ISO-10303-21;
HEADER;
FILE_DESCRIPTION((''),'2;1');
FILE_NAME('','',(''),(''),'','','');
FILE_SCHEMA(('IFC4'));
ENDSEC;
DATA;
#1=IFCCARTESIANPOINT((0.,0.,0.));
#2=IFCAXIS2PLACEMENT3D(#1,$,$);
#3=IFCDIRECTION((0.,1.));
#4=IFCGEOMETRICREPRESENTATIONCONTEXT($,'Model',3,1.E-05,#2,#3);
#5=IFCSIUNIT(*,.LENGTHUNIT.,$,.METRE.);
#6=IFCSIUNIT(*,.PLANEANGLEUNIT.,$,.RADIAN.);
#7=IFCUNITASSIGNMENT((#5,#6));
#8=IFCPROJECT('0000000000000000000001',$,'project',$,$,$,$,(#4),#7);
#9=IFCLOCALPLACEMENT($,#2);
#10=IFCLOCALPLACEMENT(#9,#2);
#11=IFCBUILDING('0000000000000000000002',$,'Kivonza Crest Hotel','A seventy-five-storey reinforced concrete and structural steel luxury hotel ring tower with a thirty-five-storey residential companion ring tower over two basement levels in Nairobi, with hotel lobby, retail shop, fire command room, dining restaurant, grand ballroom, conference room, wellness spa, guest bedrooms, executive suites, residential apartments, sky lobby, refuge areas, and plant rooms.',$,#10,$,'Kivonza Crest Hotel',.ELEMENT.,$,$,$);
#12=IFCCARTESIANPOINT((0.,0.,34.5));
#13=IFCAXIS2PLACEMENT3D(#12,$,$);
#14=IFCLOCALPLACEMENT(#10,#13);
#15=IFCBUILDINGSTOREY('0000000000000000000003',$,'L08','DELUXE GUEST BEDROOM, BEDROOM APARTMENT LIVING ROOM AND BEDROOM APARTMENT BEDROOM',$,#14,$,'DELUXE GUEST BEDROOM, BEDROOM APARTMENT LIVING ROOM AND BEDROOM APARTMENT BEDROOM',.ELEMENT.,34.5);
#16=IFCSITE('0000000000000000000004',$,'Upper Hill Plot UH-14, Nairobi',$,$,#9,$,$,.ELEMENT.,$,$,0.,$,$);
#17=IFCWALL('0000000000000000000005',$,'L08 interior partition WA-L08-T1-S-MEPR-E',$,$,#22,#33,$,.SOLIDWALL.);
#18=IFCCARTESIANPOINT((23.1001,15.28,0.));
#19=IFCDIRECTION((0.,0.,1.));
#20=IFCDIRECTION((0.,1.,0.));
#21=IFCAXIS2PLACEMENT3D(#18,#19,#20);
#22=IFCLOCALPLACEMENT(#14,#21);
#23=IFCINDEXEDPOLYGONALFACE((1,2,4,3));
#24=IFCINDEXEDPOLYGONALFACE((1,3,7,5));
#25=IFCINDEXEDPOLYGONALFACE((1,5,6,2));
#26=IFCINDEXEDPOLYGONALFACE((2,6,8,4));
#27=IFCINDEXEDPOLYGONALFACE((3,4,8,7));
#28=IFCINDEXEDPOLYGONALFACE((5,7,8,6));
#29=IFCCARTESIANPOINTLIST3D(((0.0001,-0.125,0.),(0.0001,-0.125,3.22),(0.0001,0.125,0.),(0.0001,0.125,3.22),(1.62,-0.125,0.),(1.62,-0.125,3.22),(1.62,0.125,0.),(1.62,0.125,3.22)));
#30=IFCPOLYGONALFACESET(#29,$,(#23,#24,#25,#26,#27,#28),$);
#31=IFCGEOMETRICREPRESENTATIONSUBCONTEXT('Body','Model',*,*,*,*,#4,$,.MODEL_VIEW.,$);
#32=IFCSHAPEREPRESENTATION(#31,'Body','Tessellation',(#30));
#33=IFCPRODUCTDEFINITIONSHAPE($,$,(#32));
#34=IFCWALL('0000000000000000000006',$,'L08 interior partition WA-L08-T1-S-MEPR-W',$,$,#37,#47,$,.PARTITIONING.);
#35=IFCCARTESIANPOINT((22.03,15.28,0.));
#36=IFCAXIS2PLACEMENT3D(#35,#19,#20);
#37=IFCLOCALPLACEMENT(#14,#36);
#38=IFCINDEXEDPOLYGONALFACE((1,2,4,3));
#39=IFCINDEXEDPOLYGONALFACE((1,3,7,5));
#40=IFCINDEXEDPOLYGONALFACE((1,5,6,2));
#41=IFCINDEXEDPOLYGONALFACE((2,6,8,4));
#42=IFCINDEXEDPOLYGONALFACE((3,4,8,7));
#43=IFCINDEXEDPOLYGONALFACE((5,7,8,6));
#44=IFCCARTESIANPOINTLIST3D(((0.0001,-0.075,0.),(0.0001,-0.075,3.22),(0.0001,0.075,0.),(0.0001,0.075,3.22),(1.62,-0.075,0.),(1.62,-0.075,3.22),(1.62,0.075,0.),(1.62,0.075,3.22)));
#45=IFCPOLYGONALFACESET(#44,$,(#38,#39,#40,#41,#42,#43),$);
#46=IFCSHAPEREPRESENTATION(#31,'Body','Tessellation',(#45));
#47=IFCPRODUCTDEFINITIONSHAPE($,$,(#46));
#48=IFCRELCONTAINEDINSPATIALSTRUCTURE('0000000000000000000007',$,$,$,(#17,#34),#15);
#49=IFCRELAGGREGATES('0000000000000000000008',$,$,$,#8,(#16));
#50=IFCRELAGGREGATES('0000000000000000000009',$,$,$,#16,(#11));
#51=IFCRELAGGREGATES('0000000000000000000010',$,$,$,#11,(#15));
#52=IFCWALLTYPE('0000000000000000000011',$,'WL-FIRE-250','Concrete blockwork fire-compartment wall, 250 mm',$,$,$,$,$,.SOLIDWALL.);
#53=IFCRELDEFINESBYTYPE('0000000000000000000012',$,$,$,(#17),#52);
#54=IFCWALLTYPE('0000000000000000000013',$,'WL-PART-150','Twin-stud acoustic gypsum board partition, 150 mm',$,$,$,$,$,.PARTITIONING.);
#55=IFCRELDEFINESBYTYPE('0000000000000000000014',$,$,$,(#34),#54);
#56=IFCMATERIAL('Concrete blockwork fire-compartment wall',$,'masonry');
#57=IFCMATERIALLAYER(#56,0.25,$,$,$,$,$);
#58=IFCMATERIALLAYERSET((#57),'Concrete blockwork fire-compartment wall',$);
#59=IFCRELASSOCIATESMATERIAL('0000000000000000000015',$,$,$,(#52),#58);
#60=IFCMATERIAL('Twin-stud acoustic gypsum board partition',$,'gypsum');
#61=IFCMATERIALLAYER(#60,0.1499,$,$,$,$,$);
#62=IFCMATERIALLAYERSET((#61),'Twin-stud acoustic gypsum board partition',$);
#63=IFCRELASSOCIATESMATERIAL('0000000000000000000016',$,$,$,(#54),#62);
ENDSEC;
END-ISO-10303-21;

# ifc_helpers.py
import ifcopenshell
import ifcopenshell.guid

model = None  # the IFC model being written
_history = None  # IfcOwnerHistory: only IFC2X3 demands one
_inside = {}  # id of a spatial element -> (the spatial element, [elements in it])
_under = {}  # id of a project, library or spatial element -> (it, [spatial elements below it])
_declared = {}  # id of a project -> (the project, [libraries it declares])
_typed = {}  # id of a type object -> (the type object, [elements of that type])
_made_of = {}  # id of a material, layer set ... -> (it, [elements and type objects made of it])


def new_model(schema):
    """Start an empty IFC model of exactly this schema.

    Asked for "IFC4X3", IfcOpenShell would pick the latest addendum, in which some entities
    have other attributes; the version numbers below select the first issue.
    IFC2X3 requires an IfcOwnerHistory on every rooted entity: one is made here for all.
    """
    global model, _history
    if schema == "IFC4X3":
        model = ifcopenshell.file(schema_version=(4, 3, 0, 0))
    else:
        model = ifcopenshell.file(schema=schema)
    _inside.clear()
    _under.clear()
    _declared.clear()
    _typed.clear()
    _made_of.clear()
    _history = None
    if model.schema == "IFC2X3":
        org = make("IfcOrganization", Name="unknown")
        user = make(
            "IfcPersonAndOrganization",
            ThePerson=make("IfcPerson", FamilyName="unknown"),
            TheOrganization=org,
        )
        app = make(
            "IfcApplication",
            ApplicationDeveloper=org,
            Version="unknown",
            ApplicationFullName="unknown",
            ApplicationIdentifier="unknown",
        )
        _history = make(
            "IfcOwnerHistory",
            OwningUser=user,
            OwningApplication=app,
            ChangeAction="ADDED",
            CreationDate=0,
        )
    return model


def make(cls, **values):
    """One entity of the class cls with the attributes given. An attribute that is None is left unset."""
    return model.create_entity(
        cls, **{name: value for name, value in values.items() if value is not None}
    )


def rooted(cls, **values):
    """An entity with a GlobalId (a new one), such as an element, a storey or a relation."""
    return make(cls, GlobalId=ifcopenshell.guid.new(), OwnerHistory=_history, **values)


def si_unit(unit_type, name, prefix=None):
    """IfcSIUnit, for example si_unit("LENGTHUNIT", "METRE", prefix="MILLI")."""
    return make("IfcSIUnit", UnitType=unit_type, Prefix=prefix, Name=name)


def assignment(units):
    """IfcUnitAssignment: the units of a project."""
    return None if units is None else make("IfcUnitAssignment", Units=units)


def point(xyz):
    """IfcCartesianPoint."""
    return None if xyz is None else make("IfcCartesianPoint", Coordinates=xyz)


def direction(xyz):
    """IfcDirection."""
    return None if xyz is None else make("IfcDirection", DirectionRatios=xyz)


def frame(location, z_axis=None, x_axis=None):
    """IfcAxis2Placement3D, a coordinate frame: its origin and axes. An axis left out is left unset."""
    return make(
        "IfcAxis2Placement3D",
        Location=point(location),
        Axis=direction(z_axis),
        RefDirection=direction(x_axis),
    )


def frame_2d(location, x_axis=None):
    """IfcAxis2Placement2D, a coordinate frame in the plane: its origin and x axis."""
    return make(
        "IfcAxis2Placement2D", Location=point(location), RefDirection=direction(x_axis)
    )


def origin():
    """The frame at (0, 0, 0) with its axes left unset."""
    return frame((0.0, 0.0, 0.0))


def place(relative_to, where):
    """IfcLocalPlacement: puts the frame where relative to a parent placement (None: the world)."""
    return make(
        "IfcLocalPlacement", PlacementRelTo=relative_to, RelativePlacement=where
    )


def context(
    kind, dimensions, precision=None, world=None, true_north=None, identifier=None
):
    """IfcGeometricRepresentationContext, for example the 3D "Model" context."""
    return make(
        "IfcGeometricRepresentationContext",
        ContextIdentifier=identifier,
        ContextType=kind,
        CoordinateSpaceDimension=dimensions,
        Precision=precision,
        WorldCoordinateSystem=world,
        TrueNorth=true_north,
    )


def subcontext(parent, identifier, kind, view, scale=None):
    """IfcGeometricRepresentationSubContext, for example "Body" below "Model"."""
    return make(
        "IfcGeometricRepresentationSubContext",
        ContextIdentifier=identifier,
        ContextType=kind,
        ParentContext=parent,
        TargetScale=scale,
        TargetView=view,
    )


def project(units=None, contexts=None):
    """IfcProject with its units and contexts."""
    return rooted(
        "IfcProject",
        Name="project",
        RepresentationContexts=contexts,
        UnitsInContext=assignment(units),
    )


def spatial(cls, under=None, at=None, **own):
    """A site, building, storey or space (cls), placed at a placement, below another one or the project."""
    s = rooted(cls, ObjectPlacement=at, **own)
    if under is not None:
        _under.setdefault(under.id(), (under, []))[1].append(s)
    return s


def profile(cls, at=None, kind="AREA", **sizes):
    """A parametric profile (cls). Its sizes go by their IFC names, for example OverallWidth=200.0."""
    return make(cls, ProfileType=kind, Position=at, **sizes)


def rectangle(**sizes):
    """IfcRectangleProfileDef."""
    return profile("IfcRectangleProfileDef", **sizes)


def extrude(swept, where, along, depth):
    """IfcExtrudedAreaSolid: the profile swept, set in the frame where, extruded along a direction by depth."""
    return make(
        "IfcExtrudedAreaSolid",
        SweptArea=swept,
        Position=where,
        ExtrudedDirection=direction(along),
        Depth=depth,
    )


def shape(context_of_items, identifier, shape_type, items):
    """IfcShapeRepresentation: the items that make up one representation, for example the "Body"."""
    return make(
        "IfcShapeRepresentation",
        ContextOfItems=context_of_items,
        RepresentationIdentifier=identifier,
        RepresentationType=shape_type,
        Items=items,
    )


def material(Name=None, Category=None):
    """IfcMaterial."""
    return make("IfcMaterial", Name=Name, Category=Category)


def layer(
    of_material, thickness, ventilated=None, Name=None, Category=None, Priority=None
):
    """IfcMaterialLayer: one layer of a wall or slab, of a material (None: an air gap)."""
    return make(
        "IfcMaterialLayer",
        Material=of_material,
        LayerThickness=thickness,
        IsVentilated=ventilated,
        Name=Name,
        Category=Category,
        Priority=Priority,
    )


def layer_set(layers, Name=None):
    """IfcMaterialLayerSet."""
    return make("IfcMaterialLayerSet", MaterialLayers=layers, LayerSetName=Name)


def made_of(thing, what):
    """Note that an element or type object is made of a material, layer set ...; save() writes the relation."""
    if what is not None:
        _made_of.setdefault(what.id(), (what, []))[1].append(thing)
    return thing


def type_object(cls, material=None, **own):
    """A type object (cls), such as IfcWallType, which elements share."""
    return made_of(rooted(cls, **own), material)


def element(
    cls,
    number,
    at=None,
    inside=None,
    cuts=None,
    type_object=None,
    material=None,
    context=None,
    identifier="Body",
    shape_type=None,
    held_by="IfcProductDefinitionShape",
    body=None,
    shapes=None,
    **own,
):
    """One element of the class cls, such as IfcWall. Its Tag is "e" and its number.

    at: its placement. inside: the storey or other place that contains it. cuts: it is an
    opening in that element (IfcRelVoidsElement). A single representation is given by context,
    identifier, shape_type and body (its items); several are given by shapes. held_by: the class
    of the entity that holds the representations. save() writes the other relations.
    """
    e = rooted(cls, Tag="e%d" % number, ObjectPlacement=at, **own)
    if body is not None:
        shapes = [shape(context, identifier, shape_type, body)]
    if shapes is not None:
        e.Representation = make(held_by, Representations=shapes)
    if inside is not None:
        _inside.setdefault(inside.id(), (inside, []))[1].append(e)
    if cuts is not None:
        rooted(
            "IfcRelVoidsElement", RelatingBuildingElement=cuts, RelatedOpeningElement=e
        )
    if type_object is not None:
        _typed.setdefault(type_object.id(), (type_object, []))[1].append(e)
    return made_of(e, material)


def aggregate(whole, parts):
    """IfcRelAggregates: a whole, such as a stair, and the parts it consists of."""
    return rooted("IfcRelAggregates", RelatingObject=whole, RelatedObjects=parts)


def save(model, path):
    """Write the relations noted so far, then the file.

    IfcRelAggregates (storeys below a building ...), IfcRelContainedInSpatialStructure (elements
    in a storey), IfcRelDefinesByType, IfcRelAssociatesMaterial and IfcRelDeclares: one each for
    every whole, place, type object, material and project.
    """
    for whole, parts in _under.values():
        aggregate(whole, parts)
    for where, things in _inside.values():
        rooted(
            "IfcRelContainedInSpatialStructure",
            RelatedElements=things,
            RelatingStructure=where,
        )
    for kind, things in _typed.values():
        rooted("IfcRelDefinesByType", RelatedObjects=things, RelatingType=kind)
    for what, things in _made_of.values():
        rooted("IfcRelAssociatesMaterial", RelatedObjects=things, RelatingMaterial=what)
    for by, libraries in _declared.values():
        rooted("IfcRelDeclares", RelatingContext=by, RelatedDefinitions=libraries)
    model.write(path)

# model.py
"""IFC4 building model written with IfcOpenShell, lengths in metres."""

from ifc_helpers import new_model, si_unit, direction, frame, frame_2d, origin, place, context, subcontext, project, spatial, rectangle, extrude, material, layer, layer_set, type_object, element, save


model = new_model("IFC4")

# Units and contexts
model_context = context("Model", 3, precision=1e-05, world=origin(), true_north=direction((0.0, 1.0)))
body_context = subcontext(model_context, "Body", "Model", "MODEL_VIEW")
ifc_project = project(units=[si_unit("LENGTHUNIT", "METRE"), si_unit("PLANEANGLEUNIT", "RADIAN")], contexts=[model_context])

# Site, building, storey
site_placement = place(None, origin())
site = spatial("IfcSite", under=ifc_project, at=site_placement, Name="Upper Hill Plot UH-14, Nairobi", CompositionType="ELEMENT", RefElevation=0.0)
building_placement = place(site_placement, origin())
building = spatial("IfcBuilding", under=site, at=building_placement, Name="Kivonza Crest Hotel", Description="A seventy-five-storey reinforced concrete and structural steel luxury hotel ring tower with a thirty-five-storey residential companion ring tower over two basement levels in Nairobi, with hotel lobby, retail shop, fire command room, dining restaurant, grand ballroom, conference room, wellness spa, guest bedrooms, executive suites, residential apartments, sky lobby, refuge areas, and plant rooms.", LongName="Kivonza Crest Hotel", CompositionType="ELEMENT")
storey_placement = place(building_placement, frame((0.0, 0.0, 34.5)))
storey = spatial("IfcBuildingStorey", under=building, at=storey_placement, Name="L08", Description="DELUXE GUEST BEDROOM, BEDROOM APARTMENT LIVING ROOM AND BEDROOM APARTMENT BEDROOM", LongName="DELUXE GUEST BEDROOM, BEDROOM APARTMENT LIVING ROOM AND BEDROOM APARTMENT BEDROOM", CompositionType="ELEMENT", Elevation=34.5)

# Walls
ifc_material_1 = material(Name="Concrete blockwork fire-compartment wall", Category="masonry")
ifc_layer_1 = layer(ifc_material_1, 0.25)
ifc_layer_set_1 = layer_set([ifc_layer_1], Name="Concrete blockwork fire-compartment wall")
wall_type_1 = type_object("IfcWallType", Name="WL-FIRE-250", Description="Concrete blockwork fire-compartment wall, 250 mm", PredefinedType="SOLIDWALL", material=ifc_layer_set_1)
wall_1_placement = place(storey_placement, frame((23.1001, 15.28, 0.0), z_axis=(0.0, 0.0, 1.0), x_axis=(0.0, 1.0, 0.0)))
element("IfcWall", 1, at=wall_1_placement, inside=storey, type_object=wall_type_1, Name="L08 interior partition WA-L08-T1-S-MEPR-E", PredefinedType="SOLIDWALL", context=body_context, shape_type="SweptSolid", body=[
    extrude(rectangle(XDim=1.6199, YDim=0.25, at=frame_2d((0.8101, 0.0))), origin(), (0.0, 0.0, 1.0), 3.22),
])
ifc_material_2 = material(Name="Twin-stud acoustic gypsum board partition", Category="gypsum")
ifc_layer_2 = layer(ifc_material_2, 0.1499)
ifc_layer_set_2 = layer_set([ifc_layer_2], Name="Twin-stud acoustic gypsum board partition")
wall_type_2 = type_object("IfcWallType", Name="WL-PART-150", Description="Twin-stud acoustic gypsum board partition, 150 mm", PredefinedType="PARTITIONING", material=ifc_layer_set_2)
wall_2_placement = place(storey_placement, frame((22.03, 15.28, 0.0), z_axis=(0.0, 0.0, 1.0), x_axis=(0.0, 1.0, 0.0)))
element("IfcWall", 2, at=wall_2_placement, inside=storey, type_object=wall_type_2, Name="L08 interior partition WA-L08-T1-S-MEPR-W", PredefinedType="PARTITIONING", context=body_context, shape_type="SweptSolid", body=[
    extrude(rectangle(XDim=1.6199, YDim=0.1499, at=frame_2d((0.8101, 0.0))), origin(), (0.0, 0.0, 1.0), 3.22),
])

save(model, "model.ifc")
